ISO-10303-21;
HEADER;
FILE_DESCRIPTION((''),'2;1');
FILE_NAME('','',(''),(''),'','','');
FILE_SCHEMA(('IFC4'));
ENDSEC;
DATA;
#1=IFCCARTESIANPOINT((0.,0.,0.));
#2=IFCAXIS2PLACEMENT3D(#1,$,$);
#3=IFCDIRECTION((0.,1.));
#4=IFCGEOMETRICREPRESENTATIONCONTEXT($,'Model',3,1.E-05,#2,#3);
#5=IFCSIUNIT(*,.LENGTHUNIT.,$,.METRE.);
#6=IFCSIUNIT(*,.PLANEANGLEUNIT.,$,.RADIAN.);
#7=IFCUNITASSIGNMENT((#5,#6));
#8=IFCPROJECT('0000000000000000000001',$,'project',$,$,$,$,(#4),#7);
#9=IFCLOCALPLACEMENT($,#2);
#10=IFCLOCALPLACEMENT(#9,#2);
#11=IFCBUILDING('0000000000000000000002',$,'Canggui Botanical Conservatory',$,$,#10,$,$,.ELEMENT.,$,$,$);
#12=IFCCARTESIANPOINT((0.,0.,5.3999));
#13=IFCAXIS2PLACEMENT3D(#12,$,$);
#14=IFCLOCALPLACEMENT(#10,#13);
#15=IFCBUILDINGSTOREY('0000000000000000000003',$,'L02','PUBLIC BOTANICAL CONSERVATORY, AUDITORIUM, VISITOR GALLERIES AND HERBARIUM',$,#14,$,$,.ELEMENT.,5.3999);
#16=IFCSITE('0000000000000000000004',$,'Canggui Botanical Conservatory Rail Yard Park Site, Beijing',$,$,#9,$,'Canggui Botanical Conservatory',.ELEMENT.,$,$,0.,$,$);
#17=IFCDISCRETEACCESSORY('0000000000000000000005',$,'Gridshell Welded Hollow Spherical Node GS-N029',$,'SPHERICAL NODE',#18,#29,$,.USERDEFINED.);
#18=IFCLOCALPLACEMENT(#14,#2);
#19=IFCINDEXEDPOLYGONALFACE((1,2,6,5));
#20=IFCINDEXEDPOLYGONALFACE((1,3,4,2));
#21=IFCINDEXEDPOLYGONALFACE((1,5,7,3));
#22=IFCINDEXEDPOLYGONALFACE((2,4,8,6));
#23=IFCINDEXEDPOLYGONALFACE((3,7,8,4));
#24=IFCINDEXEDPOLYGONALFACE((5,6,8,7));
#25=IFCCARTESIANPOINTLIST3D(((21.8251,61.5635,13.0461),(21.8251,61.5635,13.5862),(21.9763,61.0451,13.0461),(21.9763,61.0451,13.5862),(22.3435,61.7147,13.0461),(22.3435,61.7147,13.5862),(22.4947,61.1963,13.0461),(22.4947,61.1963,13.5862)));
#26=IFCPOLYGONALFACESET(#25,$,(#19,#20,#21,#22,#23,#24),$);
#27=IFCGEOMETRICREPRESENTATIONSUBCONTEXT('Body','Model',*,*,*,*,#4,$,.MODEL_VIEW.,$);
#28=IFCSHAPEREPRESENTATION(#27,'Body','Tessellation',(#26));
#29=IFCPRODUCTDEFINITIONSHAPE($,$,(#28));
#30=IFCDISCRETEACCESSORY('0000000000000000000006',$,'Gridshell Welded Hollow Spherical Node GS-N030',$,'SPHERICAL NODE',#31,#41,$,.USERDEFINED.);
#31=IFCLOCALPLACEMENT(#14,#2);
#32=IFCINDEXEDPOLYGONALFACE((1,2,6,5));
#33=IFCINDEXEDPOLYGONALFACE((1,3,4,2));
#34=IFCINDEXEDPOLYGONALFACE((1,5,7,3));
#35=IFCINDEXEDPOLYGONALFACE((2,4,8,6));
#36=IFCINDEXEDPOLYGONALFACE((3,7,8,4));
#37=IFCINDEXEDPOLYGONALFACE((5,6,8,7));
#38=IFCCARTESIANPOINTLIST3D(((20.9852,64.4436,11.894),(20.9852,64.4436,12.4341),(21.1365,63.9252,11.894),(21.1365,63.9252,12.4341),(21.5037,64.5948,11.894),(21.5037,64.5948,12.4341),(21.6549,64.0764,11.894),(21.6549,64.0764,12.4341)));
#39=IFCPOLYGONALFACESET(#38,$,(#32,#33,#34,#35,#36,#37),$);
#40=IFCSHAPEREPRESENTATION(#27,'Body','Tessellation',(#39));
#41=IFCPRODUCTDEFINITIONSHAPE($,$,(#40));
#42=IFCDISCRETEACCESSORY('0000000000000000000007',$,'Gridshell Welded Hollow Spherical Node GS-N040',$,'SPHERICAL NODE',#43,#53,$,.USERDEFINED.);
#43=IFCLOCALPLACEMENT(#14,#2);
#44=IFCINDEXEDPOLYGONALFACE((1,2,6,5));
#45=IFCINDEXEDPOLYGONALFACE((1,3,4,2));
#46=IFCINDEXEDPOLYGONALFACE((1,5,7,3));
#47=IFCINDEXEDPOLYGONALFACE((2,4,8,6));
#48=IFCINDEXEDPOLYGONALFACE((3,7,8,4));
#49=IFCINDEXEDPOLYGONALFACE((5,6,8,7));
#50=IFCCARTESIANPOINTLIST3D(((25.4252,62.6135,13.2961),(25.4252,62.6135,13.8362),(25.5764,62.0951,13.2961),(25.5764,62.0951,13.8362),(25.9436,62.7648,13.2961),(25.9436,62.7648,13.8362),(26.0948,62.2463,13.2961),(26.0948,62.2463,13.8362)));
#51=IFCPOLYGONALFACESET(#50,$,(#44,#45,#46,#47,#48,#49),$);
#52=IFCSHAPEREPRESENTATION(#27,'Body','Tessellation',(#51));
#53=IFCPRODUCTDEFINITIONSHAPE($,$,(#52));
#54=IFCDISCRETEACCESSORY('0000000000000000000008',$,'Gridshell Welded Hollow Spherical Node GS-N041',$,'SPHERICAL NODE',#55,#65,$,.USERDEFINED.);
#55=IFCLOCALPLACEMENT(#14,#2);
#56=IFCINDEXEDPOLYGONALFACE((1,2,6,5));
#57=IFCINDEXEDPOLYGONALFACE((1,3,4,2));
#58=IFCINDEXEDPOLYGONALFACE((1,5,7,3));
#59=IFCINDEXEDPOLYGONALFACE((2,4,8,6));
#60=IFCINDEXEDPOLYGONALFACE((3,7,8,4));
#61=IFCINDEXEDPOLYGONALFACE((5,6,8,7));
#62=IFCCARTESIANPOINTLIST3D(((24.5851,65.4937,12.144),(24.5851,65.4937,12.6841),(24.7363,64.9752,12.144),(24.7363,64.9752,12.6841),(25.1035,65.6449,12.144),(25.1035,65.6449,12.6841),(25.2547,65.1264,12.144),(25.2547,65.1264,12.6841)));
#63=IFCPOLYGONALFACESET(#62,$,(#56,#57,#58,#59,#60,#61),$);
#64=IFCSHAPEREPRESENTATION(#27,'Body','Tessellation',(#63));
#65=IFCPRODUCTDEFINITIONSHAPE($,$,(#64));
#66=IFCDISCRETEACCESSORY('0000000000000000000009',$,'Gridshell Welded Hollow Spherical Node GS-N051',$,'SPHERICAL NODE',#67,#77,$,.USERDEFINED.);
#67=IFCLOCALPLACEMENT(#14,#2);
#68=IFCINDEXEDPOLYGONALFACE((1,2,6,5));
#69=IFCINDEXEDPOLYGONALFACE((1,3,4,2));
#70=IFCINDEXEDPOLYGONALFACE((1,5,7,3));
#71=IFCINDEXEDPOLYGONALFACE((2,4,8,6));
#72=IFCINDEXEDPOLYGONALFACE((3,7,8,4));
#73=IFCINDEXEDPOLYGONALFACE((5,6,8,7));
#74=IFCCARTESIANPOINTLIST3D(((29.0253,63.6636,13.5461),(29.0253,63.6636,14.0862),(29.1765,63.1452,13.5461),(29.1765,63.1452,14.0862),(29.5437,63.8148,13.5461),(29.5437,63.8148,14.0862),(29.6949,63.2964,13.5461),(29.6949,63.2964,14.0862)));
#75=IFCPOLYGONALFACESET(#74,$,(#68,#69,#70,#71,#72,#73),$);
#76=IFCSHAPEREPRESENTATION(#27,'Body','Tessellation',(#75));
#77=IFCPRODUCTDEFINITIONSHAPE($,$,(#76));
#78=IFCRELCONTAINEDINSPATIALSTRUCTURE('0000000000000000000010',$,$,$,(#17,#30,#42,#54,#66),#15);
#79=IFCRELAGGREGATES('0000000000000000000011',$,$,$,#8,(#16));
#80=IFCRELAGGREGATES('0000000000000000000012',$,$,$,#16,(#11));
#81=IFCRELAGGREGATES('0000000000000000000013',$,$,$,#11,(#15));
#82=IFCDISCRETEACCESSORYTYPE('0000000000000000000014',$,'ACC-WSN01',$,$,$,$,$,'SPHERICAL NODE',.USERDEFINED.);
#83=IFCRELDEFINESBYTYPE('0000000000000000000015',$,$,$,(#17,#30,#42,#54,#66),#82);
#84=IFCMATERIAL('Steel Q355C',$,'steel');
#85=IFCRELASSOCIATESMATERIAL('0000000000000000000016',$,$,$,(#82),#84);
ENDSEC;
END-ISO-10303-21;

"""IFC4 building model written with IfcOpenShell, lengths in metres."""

from ifc_helpers import new_model, si_unit, direction, frame, origin, origin_2d, place, context, subcontext, project, spatial, rectangle, extrude, material, type_object, element, save


model = new_model("IFC4")

# Units and contexts
model_context = context("Model", 3, precision=1e-05, world=origin(), true_north=direction((0.0, 1.0)))
body_context = subcontext(model_context, "Body", "Model", "MODEL_VIEW")
ifc_project = project(units=[si_unit("LENGTHUNIT", "METRE"), si_unit("PLANEANGLEUNIT", "RADIAN")], contexts=[model_context])

# Site, building, storey
site_placement = place(None, origin())
site = spatial("IfcSite", under=ifc_project, at=site_placement, Name="Canggui Botanical Conservatory Rail Yard Park Site, Beijing", LongName="Canggui Botanical Conservatory", CompositionType="ELEMENT", RefElevation=0.0)
building_placement = place(site_placement, origin())
building = spatial("IfcBuilding", under=site, at=building_placement, Name="Canggui Botanical Conservatory", CompositionType="ELEMENT")
storey_placement = place(building_placement, frame((0.0, 0.0, 5.3999)))
storey = spatial("IfcBuildingStorey", under=building, at=storey_placement, Name="L02", Description="PUBLIC BOTANICAL CONSERVATORY, AUDITORIUM, VISITOR GALLERIES AND HERBARIUM", CompositionType="ELEMENT", Elevation=5.3999)

# Shared definitions
ifc_material_1 = material(Name="Steel Q355C", Category="steel")

# Discrete accessories
discrete_accessory_type_1 = type_object("IfcDiscreteAccessoryType", Name="ACC-WSN01", ElementType="SPHERICAL NODE", PredefinedType="USERDEFINED", material=ifc_material_1)
for number, where, z_axis, x_axis, name in (
    (1, (22.1599, 61.3799, 13.0461), (0.0, 0.0, 1.0), (0.96, 0.28, 0.0), "Gridshell Welded Hollow Spherical Node GS-N029"),
    (2, (21.3201, 64.26, 11.894), (0.0, 0.0, 1.0), (0.96, 0.28, 0.0), "Gridshell Welded Hollow Spherical Node GS-N030"),
    (3, (25.76, 62.4299, 13.2961), (0.0, 0.0, 1.0), (0.96, 0.28, 0.0), "Gridshell Welded Hollow Spherical Node GS-N040"),
    (4, (24.9199, 65.3101, 12.144), (0.0, 0.0, 1.0), (0.96, 0.28, 0.0), "Gridshell Welded Hollow Spherical Node GS-N041"),
    (5, (29.3601, 63.48, 13.5461), (0.0, 0.0, 1.0), (0.96, 0.28, 0.0), "Gridshell Welded Hollow Spherical Node GS-N051"),
):
    element("IfcDiscreteAccessory", number, at=place(storey_placement, frame(where, z_axis=z_axis, x_axis=x_axis)), inside=storey, type_object=discrete_accessory_type_1, Name=name, ObjectType="SPHERICAL NODE", PredefinedType="USERDEFINED", context=body_context, shape_type="SweptSolid", body=[
        extrude(rectangle(XDim=0.54, YDim=0.54, at=origin_2d()), origin(), (0.0, 0.0, 1.0), 0.54),
    ])

save(model, "model.ifc")
